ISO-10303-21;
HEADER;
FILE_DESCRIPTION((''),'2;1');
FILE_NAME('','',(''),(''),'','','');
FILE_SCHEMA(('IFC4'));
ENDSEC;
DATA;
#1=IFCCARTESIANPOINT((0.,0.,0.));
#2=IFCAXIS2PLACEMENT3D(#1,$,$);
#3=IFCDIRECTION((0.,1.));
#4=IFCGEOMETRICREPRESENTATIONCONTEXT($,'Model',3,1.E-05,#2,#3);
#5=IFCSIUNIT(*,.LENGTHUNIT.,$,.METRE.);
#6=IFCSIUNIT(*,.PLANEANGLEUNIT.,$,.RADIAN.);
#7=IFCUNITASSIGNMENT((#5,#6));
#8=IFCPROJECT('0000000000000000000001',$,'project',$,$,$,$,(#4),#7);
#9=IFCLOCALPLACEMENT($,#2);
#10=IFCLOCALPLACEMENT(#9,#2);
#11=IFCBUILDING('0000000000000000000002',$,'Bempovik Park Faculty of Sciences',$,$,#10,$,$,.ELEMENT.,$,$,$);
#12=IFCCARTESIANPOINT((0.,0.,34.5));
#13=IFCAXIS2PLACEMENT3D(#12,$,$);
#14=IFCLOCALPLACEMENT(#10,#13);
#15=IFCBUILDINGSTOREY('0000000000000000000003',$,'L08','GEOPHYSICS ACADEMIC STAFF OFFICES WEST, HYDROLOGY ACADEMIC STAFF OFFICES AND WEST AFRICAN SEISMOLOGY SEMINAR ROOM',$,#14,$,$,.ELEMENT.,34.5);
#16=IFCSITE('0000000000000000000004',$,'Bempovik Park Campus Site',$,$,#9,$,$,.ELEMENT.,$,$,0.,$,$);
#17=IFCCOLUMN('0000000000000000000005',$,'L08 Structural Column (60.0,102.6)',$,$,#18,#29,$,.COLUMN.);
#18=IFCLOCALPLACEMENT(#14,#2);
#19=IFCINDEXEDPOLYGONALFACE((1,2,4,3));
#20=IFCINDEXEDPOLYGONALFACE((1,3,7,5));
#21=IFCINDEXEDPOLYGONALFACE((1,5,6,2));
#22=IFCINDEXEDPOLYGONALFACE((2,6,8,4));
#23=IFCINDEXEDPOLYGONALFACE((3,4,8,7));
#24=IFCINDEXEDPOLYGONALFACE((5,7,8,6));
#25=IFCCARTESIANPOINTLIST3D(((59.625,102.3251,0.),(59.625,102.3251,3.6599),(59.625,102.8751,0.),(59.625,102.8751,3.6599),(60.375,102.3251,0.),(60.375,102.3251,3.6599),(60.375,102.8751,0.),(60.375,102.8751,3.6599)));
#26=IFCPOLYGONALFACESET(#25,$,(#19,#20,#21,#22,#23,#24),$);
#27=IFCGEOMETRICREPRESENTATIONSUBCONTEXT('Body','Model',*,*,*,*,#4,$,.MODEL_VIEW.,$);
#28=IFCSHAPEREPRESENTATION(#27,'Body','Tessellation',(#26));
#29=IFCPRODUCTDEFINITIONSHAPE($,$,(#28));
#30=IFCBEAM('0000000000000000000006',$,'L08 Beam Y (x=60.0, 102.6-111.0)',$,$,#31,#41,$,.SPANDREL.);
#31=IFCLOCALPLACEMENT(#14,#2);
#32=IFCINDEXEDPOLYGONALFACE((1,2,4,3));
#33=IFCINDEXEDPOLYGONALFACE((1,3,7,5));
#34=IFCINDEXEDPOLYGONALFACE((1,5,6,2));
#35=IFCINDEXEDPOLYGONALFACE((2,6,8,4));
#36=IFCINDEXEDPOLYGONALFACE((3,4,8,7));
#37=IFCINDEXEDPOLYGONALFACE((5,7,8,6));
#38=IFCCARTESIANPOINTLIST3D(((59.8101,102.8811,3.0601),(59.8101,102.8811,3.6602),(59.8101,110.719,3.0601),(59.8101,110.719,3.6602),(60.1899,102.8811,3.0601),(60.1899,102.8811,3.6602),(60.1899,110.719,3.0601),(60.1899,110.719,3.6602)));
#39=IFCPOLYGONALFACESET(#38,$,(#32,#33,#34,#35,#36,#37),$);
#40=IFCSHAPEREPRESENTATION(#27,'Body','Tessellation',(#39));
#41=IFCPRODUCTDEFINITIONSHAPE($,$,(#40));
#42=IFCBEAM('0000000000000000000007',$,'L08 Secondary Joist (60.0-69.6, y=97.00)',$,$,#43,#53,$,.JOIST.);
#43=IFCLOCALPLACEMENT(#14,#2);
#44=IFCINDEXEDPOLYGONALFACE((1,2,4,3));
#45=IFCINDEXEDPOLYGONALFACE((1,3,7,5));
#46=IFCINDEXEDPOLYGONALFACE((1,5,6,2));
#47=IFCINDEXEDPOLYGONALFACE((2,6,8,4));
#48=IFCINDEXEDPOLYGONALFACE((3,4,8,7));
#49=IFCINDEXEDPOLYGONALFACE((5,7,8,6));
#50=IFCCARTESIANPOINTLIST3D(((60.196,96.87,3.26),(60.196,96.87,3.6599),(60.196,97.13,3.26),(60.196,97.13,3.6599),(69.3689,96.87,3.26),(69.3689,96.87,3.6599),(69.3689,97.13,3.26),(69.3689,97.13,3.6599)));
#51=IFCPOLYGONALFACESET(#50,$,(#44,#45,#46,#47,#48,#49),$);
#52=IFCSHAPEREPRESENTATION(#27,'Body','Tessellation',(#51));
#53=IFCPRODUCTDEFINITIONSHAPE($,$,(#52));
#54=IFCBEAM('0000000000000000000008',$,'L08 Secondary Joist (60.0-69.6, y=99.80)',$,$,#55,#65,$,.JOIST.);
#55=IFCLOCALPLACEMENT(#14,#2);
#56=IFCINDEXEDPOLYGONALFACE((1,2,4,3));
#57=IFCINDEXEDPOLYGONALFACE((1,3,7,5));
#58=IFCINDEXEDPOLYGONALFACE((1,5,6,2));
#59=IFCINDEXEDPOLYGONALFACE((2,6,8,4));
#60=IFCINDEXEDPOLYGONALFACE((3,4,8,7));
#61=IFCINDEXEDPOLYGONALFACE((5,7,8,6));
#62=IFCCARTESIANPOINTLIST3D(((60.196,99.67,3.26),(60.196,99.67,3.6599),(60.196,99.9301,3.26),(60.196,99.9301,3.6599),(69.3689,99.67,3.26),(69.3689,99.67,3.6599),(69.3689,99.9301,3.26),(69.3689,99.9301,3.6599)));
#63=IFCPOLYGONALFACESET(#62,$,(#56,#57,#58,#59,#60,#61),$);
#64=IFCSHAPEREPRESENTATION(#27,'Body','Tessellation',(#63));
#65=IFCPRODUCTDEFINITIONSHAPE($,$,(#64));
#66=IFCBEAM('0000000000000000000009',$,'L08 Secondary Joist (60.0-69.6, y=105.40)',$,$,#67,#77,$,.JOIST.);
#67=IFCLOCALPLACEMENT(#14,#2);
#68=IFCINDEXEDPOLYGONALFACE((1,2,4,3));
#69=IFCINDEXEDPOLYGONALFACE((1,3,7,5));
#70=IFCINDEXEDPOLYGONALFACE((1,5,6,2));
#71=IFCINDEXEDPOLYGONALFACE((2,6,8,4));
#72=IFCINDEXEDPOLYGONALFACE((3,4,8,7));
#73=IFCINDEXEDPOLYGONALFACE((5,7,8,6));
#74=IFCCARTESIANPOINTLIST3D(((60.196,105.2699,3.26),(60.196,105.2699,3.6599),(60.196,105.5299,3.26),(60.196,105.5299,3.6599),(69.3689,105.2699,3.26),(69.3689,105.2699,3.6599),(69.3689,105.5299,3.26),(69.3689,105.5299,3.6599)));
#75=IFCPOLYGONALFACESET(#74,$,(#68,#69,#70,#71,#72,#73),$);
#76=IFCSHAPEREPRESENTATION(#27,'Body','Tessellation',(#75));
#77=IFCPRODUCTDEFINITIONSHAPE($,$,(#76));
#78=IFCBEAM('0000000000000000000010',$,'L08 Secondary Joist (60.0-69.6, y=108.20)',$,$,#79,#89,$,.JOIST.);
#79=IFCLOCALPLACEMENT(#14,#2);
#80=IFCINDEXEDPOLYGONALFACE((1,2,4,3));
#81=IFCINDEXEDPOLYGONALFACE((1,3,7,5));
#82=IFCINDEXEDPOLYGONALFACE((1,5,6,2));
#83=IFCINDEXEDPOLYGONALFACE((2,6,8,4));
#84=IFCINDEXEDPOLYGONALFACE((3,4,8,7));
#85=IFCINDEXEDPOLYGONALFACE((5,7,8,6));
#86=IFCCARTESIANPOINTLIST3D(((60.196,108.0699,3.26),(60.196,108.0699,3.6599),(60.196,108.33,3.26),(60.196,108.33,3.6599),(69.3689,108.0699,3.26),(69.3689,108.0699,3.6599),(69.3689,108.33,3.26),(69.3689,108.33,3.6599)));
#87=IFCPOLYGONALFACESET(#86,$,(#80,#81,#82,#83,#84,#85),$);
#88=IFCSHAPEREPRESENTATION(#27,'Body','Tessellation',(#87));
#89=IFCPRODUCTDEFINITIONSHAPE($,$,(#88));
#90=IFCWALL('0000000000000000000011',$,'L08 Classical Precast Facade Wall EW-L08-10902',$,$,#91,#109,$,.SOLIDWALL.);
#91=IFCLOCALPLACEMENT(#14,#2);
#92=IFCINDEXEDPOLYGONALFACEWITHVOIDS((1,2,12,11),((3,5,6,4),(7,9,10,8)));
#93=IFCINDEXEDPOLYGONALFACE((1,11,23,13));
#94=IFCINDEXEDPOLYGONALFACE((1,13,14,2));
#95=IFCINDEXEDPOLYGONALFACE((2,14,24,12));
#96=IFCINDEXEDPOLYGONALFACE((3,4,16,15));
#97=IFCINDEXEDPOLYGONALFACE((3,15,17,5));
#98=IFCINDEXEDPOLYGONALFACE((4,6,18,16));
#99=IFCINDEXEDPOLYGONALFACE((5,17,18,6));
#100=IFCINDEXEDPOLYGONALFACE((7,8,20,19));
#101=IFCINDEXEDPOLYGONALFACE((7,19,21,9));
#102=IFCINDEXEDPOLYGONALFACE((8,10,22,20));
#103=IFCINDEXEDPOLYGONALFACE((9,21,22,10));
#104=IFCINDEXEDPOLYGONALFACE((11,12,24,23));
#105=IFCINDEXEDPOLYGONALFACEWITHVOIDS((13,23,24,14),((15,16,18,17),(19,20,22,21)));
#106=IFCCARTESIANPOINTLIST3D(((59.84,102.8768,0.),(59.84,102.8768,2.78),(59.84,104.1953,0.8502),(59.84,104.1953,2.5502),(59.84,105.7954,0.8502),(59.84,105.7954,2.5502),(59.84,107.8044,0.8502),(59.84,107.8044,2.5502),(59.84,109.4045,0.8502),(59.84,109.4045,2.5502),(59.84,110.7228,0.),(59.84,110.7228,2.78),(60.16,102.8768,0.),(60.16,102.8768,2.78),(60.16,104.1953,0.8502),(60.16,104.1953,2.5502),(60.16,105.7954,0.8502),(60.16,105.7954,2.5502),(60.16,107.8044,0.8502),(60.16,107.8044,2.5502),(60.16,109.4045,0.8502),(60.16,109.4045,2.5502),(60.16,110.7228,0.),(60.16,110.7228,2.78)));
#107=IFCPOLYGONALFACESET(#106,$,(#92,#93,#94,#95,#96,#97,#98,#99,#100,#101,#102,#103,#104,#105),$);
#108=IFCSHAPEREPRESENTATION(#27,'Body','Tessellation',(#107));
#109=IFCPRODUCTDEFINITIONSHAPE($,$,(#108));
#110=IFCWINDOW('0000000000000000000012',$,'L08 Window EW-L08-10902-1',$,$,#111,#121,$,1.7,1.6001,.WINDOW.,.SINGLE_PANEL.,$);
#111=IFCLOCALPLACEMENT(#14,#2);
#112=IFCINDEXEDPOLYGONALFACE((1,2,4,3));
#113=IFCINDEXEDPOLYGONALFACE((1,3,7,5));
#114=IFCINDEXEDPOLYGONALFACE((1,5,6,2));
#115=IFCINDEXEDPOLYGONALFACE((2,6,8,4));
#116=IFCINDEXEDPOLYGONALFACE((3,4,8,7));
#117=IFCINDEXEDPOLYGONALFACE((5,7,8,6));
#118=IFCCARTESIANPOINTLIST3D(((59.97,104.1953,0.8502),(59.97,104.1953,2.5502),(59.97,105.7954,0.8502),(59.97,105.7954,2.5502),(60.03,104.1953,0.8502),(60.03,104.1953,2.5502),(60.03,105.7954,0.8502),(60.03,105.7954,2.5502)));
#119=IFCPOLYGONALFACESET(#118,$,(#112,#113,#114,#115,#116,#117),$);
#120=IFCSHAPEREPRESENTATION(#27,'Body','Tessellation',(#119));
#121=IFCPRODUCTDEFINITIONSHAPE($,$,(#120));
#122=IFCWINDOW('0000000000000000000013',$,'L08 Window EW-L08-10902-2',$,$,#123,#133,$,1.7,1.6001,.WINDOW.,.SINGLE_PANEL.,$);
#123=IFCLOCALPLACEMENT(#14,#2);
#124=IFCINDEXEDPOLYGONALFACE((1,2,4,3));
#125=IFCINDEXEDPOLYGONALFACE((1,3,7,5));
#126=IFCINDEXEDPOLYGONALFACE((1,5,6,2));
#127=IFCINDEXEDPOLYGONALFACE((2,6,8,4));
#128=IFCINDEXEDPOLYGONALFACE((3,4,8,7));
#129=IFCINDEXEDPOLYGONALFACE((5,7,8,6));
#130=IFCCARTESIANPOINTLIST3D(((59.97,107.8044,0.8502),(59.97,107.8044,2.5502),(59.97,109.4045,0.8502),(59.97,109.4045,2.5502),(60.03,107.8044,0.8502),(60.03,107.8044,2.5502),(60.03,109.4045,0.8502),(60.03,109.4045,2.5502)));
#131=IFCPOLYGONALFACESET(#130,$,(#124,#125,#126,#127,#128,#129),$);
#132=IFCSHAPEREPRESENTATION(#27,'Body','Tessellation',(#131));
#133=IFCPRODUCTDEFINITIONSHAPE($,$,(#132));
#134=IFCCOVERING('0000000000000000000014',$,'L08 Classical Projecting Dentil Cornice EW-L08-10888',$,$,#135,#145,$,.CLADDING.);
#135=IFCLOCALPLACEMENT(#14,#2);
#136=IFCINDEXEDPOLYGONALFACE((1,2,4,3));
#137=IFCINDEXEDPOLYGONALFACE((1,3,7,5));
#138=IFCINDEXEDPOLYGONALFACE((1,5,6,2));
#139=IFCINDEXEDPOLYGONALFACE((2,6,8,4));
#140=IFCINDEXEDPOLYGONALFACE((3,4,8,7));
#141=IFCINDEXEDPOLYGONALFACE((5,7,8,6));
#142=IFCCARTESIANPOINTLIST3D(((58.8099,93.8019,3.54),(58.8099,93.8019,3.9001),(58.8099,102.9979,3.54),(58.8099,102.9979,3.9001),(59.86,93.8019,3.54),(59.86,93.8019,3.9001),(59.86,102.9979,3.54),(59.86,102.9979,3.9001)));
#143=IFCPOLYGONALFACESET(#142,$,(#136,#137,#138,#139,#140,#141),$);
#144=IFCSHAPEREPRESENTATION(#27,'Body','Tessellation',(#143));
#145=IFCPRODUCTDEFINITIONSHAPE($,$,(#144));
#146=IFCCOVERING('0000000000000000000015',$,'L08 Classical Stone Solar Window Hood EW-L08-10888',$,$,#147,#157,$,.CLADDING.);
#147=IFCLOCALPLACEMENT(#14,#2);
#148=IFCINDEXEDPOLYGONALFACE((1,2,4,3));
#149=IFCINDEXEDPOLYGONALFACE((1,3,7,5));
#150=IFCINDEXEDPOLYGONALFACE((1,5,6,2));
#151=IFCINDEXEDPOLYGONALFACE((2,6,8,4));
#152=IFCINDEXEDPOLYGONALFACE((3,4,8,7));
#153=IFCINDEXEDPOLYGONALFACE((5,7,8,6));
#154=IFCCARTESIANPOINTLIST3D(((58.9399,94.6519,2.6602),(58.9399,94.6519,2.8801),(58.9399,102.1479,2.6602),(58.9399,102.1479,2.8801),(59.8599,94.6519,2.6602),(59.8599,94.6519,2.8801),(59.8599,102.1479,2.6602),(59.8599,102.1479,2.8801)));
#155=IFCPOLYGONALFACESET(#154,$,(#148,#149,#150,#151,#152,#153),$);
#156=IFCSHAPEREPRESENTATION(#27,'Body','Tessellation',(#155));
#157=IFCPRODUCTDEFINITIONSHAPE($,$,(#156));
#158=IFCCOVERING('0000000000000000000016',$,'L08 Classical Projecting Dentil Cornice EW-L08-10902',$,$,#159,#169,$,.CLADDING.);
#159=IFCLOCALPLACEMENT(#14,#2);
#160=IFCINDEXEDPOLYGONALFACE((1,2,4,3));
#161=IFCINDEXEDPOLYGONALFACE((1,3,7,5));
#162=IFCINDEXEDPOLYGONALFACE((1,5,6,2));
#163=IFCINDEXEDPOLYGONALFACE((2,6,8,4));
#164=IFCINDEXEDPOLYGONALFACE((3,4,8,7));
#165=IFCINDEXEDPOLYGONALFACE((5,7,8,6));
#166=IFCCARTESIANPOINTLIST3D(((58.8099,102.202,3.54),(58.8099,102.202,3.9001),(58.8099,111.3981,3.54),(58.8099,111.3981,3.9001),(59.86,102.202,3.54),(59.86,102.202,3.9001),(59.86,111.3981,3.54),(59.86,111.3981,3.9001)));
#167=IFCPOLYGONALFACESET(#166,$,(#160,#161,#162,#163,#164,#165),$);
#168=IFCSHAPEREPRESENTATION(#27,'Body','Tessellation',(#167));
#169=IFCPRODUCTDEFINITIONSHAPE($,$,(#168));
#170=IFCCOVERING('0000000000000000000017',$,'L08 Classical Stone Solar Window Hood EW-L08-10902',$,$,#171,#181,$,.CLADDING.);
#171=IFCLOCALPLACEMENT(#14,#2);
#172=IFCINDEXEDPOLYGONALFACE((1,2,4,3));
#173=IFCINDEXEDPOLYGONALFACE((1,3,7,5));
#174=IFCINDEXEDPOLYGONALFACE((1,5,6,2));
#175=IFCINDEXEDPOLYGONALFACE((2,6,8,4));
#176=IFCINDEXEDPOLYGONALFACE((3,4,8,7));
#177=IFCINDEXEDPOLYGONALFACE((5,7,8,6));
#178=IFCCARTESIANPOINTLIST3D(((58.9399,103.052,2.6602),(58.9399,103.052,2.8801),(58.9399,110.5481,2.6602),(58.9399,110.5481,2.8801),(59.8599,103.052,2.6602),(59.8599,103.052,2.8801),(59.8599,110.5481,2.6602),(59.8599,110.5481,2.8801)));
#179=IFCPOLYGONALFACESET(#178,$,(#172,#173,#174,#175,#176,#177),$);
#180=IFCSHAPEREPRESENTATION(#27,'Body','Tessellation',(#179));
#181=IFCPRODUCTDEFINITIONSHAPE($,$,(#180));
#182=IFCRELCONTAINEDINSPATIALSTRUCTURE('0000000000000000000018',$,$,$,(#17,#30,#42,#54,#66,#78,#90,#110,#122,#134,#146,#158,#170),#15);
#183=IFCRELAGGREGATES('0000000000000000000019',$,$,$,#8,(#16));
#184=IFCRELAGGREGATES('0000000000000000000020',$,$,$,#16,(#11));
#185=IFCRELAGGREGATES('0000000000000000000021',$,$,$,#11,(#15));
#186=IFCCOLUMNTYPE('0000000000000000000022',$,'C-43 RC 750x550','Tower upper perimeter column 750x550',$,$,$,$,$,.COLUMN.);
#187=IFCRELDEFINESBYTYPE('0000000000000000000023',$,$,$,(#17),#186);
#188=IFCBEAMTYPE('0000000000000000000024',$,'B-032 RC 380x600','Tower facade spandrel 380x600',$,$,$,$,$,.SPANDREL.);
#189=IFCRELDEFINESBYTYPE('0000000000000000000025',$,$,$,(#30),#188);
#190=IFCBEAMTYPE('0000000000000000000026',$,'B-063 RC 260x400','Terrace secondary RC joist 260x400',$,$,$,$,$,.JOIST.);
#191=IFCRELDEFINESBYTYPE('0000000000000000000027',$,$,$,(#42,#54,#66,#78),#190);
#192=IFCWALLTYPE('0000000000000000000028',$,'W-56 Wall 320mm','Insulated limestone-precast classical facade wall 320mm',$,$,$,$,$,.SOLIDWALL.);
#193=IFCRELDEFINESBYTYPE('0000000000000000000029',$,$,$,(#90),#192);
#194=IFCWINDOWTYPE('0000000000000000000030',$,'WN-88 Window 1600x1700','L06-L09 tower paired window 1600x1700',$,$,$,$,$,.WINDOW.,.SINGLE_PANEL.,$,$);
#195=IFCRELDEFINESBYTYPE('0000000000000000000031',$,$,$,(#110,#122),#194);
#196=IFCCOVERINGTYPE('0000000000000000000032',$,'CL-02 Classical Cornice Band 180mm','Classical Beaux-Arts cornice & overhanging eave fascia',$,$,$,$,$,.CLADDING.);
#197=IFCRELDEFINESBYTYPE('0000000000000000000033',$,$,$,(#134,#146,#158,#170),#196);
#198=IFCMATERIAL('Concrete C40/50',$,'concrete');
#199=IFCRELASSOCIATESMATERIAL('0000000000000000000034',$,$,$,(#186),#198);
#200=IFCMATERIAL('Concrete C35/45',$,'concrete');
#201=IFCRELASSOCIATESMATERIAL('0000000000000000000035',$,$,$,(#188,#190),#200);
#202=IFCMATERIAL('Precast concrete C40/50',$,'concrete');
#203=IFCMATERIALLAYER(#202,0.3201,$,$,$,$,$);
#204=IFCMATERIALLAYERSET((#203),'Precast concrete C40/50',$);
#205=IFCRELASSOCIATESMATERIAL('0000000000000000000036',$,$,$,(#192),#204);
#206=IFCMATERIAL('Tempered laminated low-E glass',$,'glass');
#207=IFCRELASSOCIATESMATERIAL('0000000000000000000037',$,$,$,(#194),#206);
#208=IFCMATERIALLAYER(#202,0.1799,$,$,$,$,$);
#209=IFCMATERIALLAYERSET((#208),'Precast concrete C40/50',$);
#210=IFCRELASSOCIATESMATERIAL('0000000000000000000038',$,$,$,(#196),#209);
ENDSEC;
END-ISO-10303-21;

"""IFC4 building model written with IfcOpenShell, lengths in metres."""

from ifc_helpers import new_model, si_unit, direction, frame, frame_2d, origin, origin_2d, place, context, subcontext, project, spatial, rectangle, extrude, material, layer, layer_set, material_profile, profile_set, type_object, element, fill, save


model = new_model("IFC4")

# Units and contexts
model_context = context("Model", 3, precision=1e-05, world=origin(), true_north=direction((0.0, 1.0)))
body_context = subcontext(model_context, "Body", "Model", "MODEL_VIEW")
ifc_project = project(units=[si_unit("LENGTHUNIT", "METRE"), si_unit("PLANEANGLEUNIT", "RADIAN")], contexts=[model_context])

# Site, building, storey
site_placement = place(None, origin())
site = spatial("IfcSite", under=ifc_project, at=site_placement, Name="Bempovik Park Campus Site", CompositionType="ELEMENT", RefElevation=0.0)
building_placement = place(site_placement, origin())
building = spatial("IfcBuilding", under=site, at=building_placement, Name="Bempovik Park Faculty of Sciences", CompositionType="ELEMENT")
storey_placement = place(building_placement, frame((0.0, 0.0, 34.5)))
storey = spatial("IfcBuildingStorey", under=building, at=storey_placement, Name="L08", Description="GEOPHYSICS ACADEMIC STAFF OFFICES WEST, HYDROLOGY ACADEMIC STAFF OFFICES AND WEST AFRICAN SEISMOLOGY SEMINAR ROOM", CompositionType="ELEMENT", Elevation=34.5)

# Column
ifc_material_1 = material(Name="Concrete C40/50", Category="concrete")
ifc_material_profile_1 = material_profile(ifc_material_1, rectangle(XDim=0.75, YDim=0.55, at=origin_2d()), Name="RC 750x550")
ifc_profile_set_1 = profile_set([ifc_material_profile_1], Name="Concrete C40/50")
column_type = type_object("IfcColumnType", Name="C-43 RC 750x550", Description="Tower upper perimeter column 750x550", PredefinedType="COLUMN", material=ifc_profile_set_1)
column_placement = place(storey_placement, frame((60.0, 102.6001, 0.0), z_axis=(0.0, 0.0, 1.0), x_axis=(1.0, 0.0, 0.0)))
element("IfcColumn", 1, at=column_placement, inside=storey, type_object=column_type, Name="L08 Structural Column (60.0,102.6)", PredefinedType="COLUMN", context=body_context, shape_type="SweptSolid", body=[
    extrude(rectangle(XDim=0.75, YDim=0.55, at=origin_2d()), origin(), (0.0, 0.0, 1.0), 3.6599),
])

# Beams
ifc_material_2 = material(Name="Concrete C35/45", Category="concrete")
ifc_material_profile_2 = material_profile(ifc_material_2, rectangle(XDim=0.3799, YDim=0.6001, at=origin_2d()), Name="RC 380x600")
ifc_profile_set_2 = profile_set([ifc_material_profile_2], Name="Concrete C35/45")
beam_type_1 = type_object("IfcBeamType", Name="B-032 RC 380x600", Description="Tower facade spandrel 380x600", PredefinedType="SPANDREL", material=ifc_profile_set_2)
beam_placement = place(storey_placement, frame((60.0, 102.8811, 3.3601), z_axis=(0.0, 1.0, 0.0), x_axis=(-1.0, 0.0, 0.0)))
element("IfcBeam", 2, at=beam_placement, inside=storey, type_object=beam_type_1, Name="L08 Beam Y (x=60.0, 102.6-111.0)", PredefinedType="SPANDREL", context=body_context, shape_type="SweptSolid", body=[
    extrude(rectangle(XDim=0.3799, YDim=0.6001, at=origin_2d()), origin(), (0.0, 0.0, 1.0), 7.8379),
])
ifc_material_profile_3 = material_profile(ifc_material_2, rectangle(XDim=0.26, YDim=0.3999, at=origin_2d()), Name="RC 260x400")
ifc_profile_set_3 = profile_set([ifc_material_profile_3], Name="Concrete C35/45")
beam_type_2 = type_object("IfcBeamType", Name="B-063 RC 260x400", Description="Terrace secondary RC joist 260x400", PredefinedType="JOIST", material=ifc_profile_set_3)
for number, where, z_axis, x_axis, name in (
    (3, (60.196, 97.0, 3.46), (1.0, 0.0, 0.0), (0.0, 1.0, 0.0), "L08 Secondary Joist (60.0-69.6, y=97.00)"),
    (4, (60.196, 99.8, 3.46), (1.0, 0.0, 0.0), (0.0, 1.0, 0.0), "L08 Secondary Joist (60.0-69.6, y=99.80)"),
    (5, (60.196, 105.3999, 3.46), (1.0, 0.0, 0.0), (0.0, 1.0, 0.0), "L08 Secondary Joist (60.0-69.6, y=105.40)"),
    (6, (60.196, 108.2, 3.46), (1.0, 0.0, 0.0), (0.0, 1.0, 0.0), "L08 Secondary Joist (60.0-69.6, y=108.20)"),
):
    element("IfcBeam", number, at=place(storey_placement, frame(where, z_axis=z_axis, x_axis=x_axis)), inside=storey, type_object=beam_type_2, Name=name, PredefinedType="JOIST", context=body_context, shape_type="SweptSolid", body=[
        extrude(rectangle(XDim=0.26, YDim=0.3999, at=origin_2d()), origin(), (0.0, 0.0, 1.0), 9.1729),
    ])

# Wall, openings, windows
ifc_material_3 = material(Name="Precast concrete C40/50", Category="concrete")
ifc_layer_1 = layer(ifc_material_3, 0.3201)
ifc_layer_set_1 = layer_set([ifc_layer_1], Name="Precast concrete C40/50")
wall_type = type_object("IfcWallType", Name="W-56 Wall 320mm", Description="Insulated limestone-precast classical facade wall 320mm", PredefinedType="SOLIDWALL", material=ifc_layer_set_1)
wall_placement = place(storey_placement, frame((60.0, 102.877, 0.0), z_axis=(0.0, 0.0, 1.0), x_axis=(0.0, 1.0, 0.0)))
wall = element("IfcWall", 7, at=wall_placement, inside=storey, type_object=wall_type, Name="L08 Classical Precast Facade Wall EW-L08-10902", PredefinedType="SOLIDWALL", context=body_context, shape_type="SweptSolid", body=[
    extrude(rectangle(XDim=7.8459, YDim=0.3201, at=frame_2d((3.9229, 0.0))), origin(), (0.0, 0.0, 1.0), 2.78),
])
opening_1_placement = place(wall_placement, frame((1.3184, 0.0, 0.8501)))
opening_1 = element("IfcOpeningElement", 8, at=opening_1_placement, cuts=wall, PredefinedType="OPENING", context=body_context, shape_type="SweptSolid", body=[
    extrude(rectangle(XDim=1.6001, YDim=1.7, at=frame_2d((0.8, 0.8501))), frame((0.0, 0.1699, 0.0), z_axis=(0.0, -1.0, 0.0), x_axis=(1.0, 0.0, 0.0)), (0.0, 0.0, 1.0), 0.3401),
])
opening_2_placement = place(wall_placement, frame((4.9275, 0.0, 0.8501)))
opening_2 = element("IfcOpeningElement", 9, at=opening_2_placement, cuts=wall, PredefinedType="OPENING", context=body_context, shape_type="SweptSolid", body=[
    extrude(rectangle(XDim=1.6001, YDim=1.7, at=frame_2d((0.8, 0.8501))), frame((0.0, 0.1699, 0.0), z_axis=(0.0, -1.0, 0.0), x_axis=(1.0, 0.0, 0.0)), (0.0, 0.0, 1.0), 0.3401),
])
ifc_material_4 = material(Name="Tempered laminated low-E glass", Category="glass")
window_type = type_object("IfcWindowType", Name="WN-88 Window 1600x1700", Description="L06-L09 tower paired window 1600x1700", PartitioningType="SINGLE_PANEL", PredefinedType="WINDOW", material=ifc_material_4)
window_1_placement = place(opening_1_placement, origin())
window_1 = element("IfcWindow", 10, at=window_1_placement, inside=storey, type_object=window_type, Name="L08 Window EW-L08-10902-1", OverallHeight=1.7, OverallWidth=1.6001, PartitioningType="SINGLE_PANEL", PredefinedType="WINDOW", context=body_context, shape_type="SweptSolid", body=[
    extrude(rectangle(XDim=1.6001, YDim=1.7, at=frame_2d((0.8, 0.8501))), frame((0.0, 0.03, 0.0), z_axis=(0.0, -1.0, 0.0), x_axis=(1.0, 0.0, 0.0)), (0.0, 0.0, 1.0), 0.0601),
])
fill(opening_1, window_1)
window_2_placement = place(opening_2_placement, origin())
window_2 = element("IfcWindow", 11, at=window_2_placement, inside=storey, type_object=window_type, Name="L08 Window EW-L08-10902-2", OverallHeight=1.7, OverallWidth=1.6001, PartitioningType="SINGLE_PANEL", PredefinedType="WINDOW", context=body_context, shape_type="SweptSolid", body=[
    extrude(rectangle(XDim=1.6001, YDim=1.7, at=frame_2d((0.8, 0.8501))), frame((0.0, 0.03, 0.0), z_axis=(0.0, -1.0, 0.0), x_axis=(1.0, 0.0, 0.0)), (0.0, 0.0, 1.0), 0.0601),
])
fill(opening_2, window_2)

# Coverings
ifc_layer_2 = layer(ifc_material_3, 0.1799)
ifc_layer_set_2 = layer_set([ifc_layer_2], Name="Precast concrete C40/50")
covering_type_1 = type_object("IfcCoveringType", Name="CL-02 Classical Cornice Band 180mm", Description="Classical Beaux-Arts cornice & overhanging eave fascia", PredefinedType="CLADDING", material=ifc_layer_set_2)
covering_1_placement = place(storey_placement, frame((59.335, 98.3999, 3.54), z_axis=(0.0, 0.0, 1.0), x_axis=(1.0, 0.0, 0.0)))
element("IfcCovering", 12, at=covering_1_placement, inside=storey, type_object=covering_type_1, Name="L08 Classical Projecting Dentil Cornice EW-L08-10888", PredefinedType="CLADDING", context=body_context, shape_type="SweptSolid", body=[
    extrude(rectangle(XDim=1.05, YDim=9.196, at=origin_2d()), origin(), (0.0, 0.0, 1.0), 0.3601),
])
covering_2_placement = place(storey_placement, frame((59.3999, 98.3999, 2.6602), z_axis=(0.0, 0.0, 1.0), x_axis=(1.0, 0.0, 0.0)))
element("IfcCovering", 13, at=covering_2_placement, inside=storey, type_object=covering_type_1, Name="L08 Classical Stone Solar Window Hood EW-L08-10888", PredefinedType="CLADDING", context=body_context, shape_type="SweptSolid", body=[
    extrude(rectangle(XDim=0.9199, YDim=7.4961, at=origin_2d()), origin(), (0.0, 0.0, 1.0), 0.22),
])
covering_3_placement = place(storey_placement, frame((59.335, 106.8, 3.54), z_axis=(0.0, 0.0, 1.0), x_axis=(1.0, 0.0, 0.0)))
element("IfcCovering", 14, at=covering_3_placement, inside=storey, type_object=covering_type_1, Name="L08 Classical Projecting Dentil Cornice EW-L08-10902", PredefinedType="CLADDING", context=body_context, shape_type="SweptSolid", body=[
    extrude(rectangle(XDim=1.05, YDim=9.196, at=origin_2d()), origin(), (0.0, 0.0, 1.0), 0.3601),
])
covering_4_placement = place(storey_placement, frame((59.3999, 106.8, 2.6602), z_axis=(0.0, 0.0, 1.0), x_axis=(1.0, 0.0, 0.0)))
element("IfcCovering", 15, at=covering_4_placement, inside=storey, type_object=covering_type_1, Name="L08 Classical Stone Solar Window Hood EW-L08-10902", PredefinedType="CLADDING", context=body_context, shape_type="SweptSolid", body=[
    extrude(rectangle(XDim=0.9199, YDim=7.4961, at=origin_2d()), origin(), (0.0, 0.0, 1.0), 0.22),
])

save(model, "model.ifc")
